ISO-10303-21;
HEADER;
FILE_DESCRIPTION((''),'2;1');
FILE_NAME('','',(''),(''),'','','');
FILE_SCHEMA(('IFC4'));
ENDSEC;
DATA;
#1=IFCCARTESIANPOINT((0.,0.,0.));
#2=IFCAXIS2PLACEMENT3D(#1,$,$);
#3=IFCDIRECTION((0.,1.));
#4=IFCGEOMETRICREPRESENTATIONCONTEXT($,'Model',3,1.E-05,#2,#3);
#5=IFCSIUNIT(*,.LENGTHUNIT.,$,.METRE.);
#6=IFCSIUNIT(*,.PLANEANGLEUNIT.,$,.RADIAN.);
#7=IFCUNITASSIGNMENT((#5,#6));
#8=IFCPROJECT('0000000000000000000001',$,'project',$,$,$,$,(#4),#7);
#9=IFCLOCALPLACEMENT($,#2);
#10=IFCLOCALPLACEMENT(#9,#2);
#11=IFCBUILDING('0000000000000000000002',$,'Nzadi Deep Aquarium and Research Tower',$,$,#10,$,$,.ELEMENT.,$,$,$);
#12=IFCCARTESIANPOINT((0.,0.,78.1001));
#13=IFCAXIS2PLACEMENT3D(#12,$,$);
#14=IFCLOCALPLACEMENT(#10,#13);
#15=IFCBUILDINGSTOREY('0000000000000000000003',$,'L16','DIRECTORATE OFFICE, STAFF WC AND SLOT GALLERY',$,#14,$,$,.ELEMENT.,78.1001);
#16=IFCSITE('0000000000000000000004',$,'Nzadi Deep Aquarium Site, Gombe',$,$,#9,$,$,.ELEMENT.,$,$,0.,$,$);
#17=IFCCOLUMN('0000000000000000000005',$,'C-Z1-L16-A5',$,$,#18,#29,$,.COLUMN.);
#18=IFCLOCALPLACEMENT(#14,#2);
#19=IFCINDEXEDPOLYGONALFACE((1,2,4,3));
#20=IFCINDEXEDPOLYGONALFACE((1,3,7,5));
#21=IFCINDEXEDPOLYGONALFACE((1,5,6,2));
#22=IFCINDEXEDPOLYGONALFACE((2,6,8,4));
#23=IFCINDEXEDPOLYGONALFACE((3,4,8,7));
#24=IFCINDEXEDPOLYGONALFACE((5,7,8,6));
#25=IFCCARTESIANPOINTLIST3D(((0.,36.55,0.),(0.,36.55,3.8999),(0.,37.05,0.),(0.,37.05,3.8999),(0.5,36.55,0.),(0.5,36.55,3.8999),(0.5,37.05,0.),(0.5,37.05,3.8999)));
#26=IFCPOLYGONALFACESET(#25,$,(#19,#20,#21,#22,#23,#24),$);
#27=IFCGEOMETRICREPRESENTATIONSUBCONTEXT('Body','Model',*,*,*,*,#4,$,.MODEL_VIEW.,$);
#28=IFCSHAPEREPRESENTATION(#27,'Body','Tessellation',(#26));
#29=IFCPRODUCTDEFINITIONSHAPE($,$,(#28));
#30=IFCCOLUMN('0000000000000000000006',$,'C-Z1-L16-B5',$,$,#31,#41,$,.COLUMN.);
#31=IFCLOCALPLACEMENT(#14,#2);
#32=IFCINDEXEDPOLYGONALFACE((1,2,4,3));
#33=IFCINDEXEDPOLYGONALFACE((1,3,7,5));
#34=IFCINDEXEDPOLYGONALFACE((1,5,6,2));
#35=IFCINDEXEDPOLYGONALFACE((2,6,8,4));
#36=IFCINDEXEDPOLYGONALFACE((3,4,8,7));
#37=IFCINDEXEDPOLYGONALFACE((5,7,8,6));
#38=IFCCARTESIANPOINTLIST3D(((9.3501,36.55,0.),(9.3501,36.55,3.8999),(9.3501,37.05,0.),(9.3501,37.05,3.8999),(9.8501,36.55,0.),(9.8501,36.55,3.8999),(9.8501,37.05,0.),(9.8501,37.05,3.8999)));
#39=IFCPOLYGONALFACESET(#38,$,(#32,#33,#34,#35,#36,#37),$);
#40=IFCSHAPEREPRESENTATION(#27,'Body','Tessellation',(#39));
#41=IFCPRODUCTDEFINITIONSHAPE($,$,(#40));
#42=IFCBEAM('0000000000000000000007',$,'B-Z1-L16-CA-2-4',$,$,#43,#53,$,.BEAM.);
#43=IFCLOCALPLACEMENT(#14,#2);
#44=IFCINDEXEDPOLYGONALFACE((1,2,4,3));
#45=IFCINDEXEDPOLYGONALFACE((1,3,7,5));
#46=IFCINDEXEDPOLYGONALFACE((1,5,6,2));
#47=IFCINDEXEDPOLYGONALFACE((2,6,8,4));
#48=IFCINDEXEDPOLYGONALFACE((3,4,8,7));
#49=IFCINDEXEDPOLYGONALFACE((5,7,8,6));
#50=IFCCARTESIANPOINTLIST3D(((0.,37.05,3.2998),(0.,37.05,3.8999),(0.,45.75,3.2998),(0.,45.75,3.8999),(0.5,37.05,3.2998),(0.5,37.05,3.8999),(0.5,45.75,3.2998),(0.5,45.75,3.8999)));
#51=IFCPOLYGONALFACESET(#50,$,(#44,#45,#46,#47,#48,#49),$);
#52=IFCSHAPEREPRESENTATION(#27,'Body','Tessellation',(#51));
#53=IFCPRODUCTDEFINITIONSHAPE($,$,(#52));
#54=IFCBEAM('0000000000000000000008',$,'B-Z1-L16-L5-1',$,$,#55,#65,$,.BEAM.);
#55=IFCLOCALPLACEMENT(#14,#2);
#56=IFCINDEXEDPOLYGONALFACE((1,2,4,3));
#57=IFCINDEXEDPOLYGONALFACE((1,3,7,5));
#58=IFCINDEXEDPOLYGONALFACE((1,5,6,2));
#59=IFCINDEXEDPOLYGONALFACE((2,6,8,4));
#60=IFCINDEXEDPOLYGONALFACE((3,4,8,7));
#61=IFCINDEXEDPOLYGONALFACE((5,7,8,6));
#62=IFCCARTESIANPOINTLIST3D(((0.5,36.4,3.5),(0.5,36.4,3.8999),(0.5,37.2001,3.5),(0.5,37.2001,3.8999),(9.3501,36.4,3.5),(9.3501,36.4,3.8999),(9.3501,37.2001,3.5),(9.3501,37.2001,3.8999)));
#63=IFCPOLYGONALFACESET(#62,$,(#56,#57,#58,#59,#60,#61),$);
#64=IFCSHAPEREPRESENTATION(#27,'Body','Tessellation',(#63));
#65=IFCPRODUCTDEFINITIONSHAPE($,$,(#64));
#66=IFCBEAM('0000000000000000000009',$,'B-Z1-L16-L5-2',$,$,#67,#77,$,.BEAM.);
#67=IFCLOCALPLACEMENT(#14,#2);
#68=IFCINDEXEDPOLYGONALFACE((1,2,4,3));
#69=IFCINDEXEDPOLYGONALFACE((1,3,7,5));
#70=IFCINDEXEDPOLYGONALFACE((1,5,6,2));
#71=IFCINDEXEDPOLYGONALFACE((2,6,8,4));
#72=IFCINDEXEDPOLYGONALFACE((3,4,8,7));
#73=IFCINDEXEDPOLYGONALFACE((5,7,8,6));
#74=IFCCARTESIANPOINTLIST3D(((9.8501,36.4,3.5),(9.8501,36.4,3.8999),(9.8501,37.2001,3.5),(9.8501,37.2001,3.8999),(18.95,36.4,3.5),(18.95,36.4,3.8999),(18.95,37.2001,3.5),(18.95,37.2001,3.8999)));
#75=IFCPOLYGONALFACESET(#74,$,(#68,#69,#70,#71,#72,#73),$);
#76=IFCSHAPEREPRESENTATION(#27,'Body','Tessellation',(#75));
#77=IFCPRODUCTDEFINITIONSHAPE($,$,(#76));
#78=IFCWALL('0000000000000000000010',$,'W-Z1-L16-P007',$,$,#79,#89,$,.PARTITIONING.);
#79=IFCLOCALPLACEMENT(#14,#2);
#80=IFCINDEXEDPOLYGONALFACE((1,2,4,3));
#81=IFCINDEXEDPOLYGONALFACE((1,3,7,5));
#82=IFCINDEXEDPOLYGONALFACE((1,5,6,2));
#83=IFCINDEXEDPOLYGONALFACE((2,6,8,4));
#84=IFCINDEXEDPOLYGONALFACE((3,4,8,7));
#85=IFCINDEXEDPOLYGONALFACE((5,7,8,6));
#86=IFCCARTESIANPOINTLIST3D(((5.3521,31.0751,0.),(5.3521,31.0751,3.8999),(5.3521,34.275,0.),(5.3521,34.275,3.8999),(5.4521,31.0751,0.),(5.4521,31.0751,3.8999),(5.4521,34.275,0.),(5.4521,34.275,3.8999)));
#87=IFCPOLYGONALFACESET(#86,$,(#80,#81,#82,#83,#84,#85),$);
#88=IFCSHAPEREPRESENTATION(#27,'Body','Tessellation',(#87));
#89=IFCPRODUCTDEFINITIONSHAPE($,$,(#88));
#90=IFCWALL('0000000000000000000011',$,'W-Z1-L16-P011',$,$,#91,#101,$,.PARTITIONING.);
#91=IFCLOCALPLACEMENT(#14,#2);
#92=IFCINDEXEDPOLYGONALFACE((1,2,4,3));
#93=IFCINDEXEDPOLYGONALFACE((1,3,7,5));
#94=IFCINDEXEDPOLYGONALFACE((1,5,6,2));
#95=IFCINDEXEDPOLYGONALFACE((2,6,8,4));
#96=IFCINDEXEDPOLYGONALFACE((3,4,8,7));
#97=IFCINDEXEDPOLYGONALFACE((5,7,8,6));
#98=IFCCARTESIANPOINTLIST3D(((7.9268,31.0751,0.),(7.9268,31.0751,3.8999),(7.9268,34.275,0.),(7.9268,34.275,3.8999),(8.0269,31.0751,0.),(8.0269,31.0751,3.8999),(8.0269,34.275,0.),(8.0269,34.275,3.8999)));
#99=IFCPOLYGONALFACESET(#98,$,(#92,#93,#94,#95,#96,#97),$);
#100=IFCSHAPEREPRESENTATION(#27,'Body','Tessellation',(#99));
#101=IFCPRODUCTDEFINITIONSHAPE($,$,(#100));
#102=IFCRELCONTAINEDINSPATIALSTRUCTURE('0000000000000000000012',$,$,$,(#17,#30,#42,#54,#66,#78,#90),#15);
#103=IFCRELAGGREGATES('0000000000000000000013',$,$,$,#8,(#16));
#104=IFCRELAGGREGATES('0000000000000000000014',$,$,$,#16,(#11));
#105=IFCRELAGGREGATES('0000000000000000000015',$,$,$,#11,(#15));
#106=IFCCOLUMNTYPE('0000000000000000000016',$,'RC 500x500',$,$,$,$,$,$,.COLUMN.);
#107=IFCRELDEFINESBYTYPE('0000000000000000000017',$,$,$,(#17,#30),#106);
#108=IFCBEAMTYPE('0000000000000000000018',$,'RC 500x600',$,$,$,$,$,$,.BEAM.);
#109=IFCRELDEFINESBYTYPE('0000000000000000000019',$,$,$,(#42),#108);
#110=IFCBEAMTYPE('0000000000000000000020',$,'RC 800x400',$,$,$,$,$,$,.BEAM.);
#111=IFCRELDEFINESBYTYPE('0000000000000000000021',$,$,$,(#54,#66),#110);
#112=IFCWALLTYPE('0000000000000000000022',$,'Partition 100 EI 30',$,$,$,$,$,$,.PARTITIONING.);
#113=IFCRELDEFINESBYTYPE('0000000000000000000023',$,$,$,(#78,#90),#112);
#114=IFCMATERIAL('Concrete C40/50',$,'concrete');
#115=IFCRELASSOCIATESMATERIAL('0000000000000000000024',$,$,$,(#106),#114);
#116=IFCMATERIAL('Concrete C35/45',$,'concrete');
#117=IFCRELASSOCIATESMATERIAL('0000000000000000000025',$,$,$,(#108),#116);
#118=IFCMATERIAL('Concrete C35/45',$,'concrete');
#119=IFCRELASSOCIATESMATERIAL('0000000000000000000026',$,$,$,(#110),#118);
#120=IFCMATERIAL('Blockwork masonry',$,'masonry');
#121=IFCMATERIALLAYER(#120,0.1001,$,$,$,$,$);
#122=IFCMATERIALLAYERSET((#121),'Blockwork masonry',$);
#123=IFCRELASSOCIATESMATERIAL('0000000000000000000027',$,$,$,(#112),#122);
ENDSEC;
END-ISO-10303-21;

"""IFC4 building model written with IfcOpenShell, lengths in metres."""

from ifc_helpers import new_model, si_unit, direction, frame, frame_2d, origin, origin_2d, place, context, subcontext, project, spatial, rectangle, extrude, material, layer, layer_set, material_profile, profile_set, type_object, element, save


model = new_model("IFC4")

# Units and contexts
model_context = context("Model", 3, precision=1e-05, world=origin(), true_north=direction((0.0, 1.0)))
body_context = subcontext(model_context, "Body", "Model", "MODEL_VIEW")
ifc_project = project(units=[si_unit("LENGTHUNIT", "METRE"), si_unit("PLANEANGLEUNIT", "RADIAN")], contexts=[model_context])

# Site, building, storey
site_placement = place(None, origin())
site = spatial("IfcSite", under=ifc_project, at=site_placement, Name="Nzadi Deep Aquarium Site, Gombe", CompositionType="ELEMENT", RefElevation=0.0)
building_placement = place(site_placement, origin())
building = spatial("IfcBuilding", under=site, at=building_placement, Name="Nzadi Deep Aquarium and Research Tower", CompositionType="ELEMENT")
storey_placement = place(building_placement, frame((0.0, 0.0, 78.1001)))
storey = spatial("IfcBuildingStorey", under=building, at=storey_placement, Name="L16", Description="DIRECTORATE OFFICE, STAFF WC AND SLOT GALLERY", CompositionType="ELEMENT", Elevation=78.1001)

# Columns
ifc_material_1 = material(Name="Concrete C40/50", Category="concrete")
ifc_material_profile_1 = material_profile(ifc_material_1, rectangle(XDim=0.5, YDim=0.5, at=origin_2d()))
ifc_profile_set_1 = profile_set([ifc_material_profile_1], Name="Concrete C40/50")
column_type = type_object("IfcColumnType", Name="RC 500x500", PredefinedType="COLUMN", material=ifc_profile_set_1)
for number, where, z_axis, x_axis, name in (
    (1, (0.25, 36.8, 0.0), (0.0, 0.0, 1.0), (1.0, 0.0, 0.0), "C-Z1-L16-A5"),
    (2, (9.6001, 36.8, 0.0), (0.0, 0.0, 1.0), (1.0, 0.0, 0.0), "C-Z1-L16-B5"),
):
    element("IfcColumn", number, at=place(storey_placement, frame(where, z_axis=z_axis, x_axis=x_axis)), inside=storey, type_object=column_type, Name=name, PredefinedType="COLUMN", context=body_context, shape_type="SweptSolid", body=[
        extrude(rectangle(XDim=0.5, YDim=0.5, at=origin_2d()), origin(), (0.0, 0.0, 1.0), 3.8999),
    ])

# Beams
ifc_material_2 = material(Name="Concrete C35/45", Category="concrete")
ifc_material_profile_2 = material_profile(ifc_material_2, rectangle(XDim=0.5, YDim=0.6001, at=origin_2d()))
ifc_profile_set_2 = profile_set([ifc_material_profile_2], Name="Concrete C35/45")
beam_type_1 = type_object("IfcBeamType", Name="RC 500x600", PredefinedType="BEAM", material=ifc_profile_set_2)
beam_1_placement = place(storey_placement, frame((0.25, 37.05, 3.5999), z_axis=(0.0, 1.0, 0.0), x_axis=(-1.0, 0.0, 0.0)))
element("IfcBeam", 3, at=beam_1_placement, inside=storey, type_object=beam_type_1, Name="B-Z1-L16-CA-2-4", PredefinedType="BEAM", context=body_context, shape_type="SweptSolid", body=[
    extrude(rectangle(XDim=0.5, YDim=0.6001, at=origin_2d()), origin(), (0.0, 0.0, 1.0), 8.7),
])
ifc_material_3 = material(Name="Concrete C35/45", Category="concrete")
ifc_material_profile_3 = material_profile(ifc_material_3, rectangle(XDim=0.8, YDim=0.3999, at=origin_2d()))
ifc_profile_set_3 = profile_set([ifc_material_profile_3], Name="Concrete C35/45")
beam_type_2 = type_object("IfcBeamType", Name="RC 800x400", PredefinedType="BEAM", material=ifc_profile_set_3)
beam_2_placement = place(storey_placement, frame((0.5, 36.8, 3.7), z_axis=(1.0, 0.0, 0.0), x_axis=(0.0, 1.0, 0.0)))
element("IfcBeam", 4, at=beam_2_placement, inside=storey, type_object=beam_type_2, Name="B-Z1-L16-L5-1", PredefinedType="BEAM", context=body_context, shape_type="SweptSolid", body=[
    extrude(rectangle(XDim=0.8, YDim=0.3999, at=origin_2d()), origin(), (0.0, 0.0, 1.0), 8.8501),
])
beam_3_placement = place(storey_placement, frame((9.8501, 36.8, 3.7), z_axis=(1.0, 0.0, 0.0), x_axis=(0.0, 1.0, 0.0)))
element("IfcBeam", 5, at=beam_3_placement, inside=storey, type_object=beam_type_2, Name="B-Z1-L16-L5-2", PredefinedType="BEAM", context=body_context, shape_type="SweptSolid", body=[
    extrude(rectangle(XDim=0.8, YDim=0.3999, at=origin_2d()), origin(), (0.0, 0.0, 1.0), 9.0999),
])

# Walls
ifc_material_4 = material(Name="Blockwork masonry", Category="masonry")
ifc_layer_1 = layer(ifc_material_4, 0.1001)
ifc_layer_set_1 = layer_set([ifc_layer_1], Name="Blockwork masonry")
wall_type_1 = type_object("IfcWallType", Name="Partition 100 EI 30", PredefinedType="PARTITIONING", material=ifc_layer_set_1)
for number, where, z_axis, x_axis, name in (
    (6, (5.4021, 31.075, 0.0), (0.0, 0.0, 1.0), (0.0, 1.0, 0.0), "W-Z1-L16-P007"),
    (7, (7.9768, 31.075, 0.0), (0.0, 0.0, 1.0), (0.0, 1.0, 0.0), "W-Z1-L16-P011"),
):
    element("IfcWall", number, at=place(storey_placement, frame(where, z_axis=z_axis, x_axis=x_axis)), inside=storey, type_object=wall_type_1, Name=name, PredefinedType="PARTITIONING", context=body_context, shape_type="SweptSolid", body=[
        extrude(rectangle(XDim=3.2, YDim=0.1001, at=frame_2d((1.6001, 0.0))), origin(), (0.0, 0.0, 1.0), 3.8999),
    ])

save(model, "model.ifc")
